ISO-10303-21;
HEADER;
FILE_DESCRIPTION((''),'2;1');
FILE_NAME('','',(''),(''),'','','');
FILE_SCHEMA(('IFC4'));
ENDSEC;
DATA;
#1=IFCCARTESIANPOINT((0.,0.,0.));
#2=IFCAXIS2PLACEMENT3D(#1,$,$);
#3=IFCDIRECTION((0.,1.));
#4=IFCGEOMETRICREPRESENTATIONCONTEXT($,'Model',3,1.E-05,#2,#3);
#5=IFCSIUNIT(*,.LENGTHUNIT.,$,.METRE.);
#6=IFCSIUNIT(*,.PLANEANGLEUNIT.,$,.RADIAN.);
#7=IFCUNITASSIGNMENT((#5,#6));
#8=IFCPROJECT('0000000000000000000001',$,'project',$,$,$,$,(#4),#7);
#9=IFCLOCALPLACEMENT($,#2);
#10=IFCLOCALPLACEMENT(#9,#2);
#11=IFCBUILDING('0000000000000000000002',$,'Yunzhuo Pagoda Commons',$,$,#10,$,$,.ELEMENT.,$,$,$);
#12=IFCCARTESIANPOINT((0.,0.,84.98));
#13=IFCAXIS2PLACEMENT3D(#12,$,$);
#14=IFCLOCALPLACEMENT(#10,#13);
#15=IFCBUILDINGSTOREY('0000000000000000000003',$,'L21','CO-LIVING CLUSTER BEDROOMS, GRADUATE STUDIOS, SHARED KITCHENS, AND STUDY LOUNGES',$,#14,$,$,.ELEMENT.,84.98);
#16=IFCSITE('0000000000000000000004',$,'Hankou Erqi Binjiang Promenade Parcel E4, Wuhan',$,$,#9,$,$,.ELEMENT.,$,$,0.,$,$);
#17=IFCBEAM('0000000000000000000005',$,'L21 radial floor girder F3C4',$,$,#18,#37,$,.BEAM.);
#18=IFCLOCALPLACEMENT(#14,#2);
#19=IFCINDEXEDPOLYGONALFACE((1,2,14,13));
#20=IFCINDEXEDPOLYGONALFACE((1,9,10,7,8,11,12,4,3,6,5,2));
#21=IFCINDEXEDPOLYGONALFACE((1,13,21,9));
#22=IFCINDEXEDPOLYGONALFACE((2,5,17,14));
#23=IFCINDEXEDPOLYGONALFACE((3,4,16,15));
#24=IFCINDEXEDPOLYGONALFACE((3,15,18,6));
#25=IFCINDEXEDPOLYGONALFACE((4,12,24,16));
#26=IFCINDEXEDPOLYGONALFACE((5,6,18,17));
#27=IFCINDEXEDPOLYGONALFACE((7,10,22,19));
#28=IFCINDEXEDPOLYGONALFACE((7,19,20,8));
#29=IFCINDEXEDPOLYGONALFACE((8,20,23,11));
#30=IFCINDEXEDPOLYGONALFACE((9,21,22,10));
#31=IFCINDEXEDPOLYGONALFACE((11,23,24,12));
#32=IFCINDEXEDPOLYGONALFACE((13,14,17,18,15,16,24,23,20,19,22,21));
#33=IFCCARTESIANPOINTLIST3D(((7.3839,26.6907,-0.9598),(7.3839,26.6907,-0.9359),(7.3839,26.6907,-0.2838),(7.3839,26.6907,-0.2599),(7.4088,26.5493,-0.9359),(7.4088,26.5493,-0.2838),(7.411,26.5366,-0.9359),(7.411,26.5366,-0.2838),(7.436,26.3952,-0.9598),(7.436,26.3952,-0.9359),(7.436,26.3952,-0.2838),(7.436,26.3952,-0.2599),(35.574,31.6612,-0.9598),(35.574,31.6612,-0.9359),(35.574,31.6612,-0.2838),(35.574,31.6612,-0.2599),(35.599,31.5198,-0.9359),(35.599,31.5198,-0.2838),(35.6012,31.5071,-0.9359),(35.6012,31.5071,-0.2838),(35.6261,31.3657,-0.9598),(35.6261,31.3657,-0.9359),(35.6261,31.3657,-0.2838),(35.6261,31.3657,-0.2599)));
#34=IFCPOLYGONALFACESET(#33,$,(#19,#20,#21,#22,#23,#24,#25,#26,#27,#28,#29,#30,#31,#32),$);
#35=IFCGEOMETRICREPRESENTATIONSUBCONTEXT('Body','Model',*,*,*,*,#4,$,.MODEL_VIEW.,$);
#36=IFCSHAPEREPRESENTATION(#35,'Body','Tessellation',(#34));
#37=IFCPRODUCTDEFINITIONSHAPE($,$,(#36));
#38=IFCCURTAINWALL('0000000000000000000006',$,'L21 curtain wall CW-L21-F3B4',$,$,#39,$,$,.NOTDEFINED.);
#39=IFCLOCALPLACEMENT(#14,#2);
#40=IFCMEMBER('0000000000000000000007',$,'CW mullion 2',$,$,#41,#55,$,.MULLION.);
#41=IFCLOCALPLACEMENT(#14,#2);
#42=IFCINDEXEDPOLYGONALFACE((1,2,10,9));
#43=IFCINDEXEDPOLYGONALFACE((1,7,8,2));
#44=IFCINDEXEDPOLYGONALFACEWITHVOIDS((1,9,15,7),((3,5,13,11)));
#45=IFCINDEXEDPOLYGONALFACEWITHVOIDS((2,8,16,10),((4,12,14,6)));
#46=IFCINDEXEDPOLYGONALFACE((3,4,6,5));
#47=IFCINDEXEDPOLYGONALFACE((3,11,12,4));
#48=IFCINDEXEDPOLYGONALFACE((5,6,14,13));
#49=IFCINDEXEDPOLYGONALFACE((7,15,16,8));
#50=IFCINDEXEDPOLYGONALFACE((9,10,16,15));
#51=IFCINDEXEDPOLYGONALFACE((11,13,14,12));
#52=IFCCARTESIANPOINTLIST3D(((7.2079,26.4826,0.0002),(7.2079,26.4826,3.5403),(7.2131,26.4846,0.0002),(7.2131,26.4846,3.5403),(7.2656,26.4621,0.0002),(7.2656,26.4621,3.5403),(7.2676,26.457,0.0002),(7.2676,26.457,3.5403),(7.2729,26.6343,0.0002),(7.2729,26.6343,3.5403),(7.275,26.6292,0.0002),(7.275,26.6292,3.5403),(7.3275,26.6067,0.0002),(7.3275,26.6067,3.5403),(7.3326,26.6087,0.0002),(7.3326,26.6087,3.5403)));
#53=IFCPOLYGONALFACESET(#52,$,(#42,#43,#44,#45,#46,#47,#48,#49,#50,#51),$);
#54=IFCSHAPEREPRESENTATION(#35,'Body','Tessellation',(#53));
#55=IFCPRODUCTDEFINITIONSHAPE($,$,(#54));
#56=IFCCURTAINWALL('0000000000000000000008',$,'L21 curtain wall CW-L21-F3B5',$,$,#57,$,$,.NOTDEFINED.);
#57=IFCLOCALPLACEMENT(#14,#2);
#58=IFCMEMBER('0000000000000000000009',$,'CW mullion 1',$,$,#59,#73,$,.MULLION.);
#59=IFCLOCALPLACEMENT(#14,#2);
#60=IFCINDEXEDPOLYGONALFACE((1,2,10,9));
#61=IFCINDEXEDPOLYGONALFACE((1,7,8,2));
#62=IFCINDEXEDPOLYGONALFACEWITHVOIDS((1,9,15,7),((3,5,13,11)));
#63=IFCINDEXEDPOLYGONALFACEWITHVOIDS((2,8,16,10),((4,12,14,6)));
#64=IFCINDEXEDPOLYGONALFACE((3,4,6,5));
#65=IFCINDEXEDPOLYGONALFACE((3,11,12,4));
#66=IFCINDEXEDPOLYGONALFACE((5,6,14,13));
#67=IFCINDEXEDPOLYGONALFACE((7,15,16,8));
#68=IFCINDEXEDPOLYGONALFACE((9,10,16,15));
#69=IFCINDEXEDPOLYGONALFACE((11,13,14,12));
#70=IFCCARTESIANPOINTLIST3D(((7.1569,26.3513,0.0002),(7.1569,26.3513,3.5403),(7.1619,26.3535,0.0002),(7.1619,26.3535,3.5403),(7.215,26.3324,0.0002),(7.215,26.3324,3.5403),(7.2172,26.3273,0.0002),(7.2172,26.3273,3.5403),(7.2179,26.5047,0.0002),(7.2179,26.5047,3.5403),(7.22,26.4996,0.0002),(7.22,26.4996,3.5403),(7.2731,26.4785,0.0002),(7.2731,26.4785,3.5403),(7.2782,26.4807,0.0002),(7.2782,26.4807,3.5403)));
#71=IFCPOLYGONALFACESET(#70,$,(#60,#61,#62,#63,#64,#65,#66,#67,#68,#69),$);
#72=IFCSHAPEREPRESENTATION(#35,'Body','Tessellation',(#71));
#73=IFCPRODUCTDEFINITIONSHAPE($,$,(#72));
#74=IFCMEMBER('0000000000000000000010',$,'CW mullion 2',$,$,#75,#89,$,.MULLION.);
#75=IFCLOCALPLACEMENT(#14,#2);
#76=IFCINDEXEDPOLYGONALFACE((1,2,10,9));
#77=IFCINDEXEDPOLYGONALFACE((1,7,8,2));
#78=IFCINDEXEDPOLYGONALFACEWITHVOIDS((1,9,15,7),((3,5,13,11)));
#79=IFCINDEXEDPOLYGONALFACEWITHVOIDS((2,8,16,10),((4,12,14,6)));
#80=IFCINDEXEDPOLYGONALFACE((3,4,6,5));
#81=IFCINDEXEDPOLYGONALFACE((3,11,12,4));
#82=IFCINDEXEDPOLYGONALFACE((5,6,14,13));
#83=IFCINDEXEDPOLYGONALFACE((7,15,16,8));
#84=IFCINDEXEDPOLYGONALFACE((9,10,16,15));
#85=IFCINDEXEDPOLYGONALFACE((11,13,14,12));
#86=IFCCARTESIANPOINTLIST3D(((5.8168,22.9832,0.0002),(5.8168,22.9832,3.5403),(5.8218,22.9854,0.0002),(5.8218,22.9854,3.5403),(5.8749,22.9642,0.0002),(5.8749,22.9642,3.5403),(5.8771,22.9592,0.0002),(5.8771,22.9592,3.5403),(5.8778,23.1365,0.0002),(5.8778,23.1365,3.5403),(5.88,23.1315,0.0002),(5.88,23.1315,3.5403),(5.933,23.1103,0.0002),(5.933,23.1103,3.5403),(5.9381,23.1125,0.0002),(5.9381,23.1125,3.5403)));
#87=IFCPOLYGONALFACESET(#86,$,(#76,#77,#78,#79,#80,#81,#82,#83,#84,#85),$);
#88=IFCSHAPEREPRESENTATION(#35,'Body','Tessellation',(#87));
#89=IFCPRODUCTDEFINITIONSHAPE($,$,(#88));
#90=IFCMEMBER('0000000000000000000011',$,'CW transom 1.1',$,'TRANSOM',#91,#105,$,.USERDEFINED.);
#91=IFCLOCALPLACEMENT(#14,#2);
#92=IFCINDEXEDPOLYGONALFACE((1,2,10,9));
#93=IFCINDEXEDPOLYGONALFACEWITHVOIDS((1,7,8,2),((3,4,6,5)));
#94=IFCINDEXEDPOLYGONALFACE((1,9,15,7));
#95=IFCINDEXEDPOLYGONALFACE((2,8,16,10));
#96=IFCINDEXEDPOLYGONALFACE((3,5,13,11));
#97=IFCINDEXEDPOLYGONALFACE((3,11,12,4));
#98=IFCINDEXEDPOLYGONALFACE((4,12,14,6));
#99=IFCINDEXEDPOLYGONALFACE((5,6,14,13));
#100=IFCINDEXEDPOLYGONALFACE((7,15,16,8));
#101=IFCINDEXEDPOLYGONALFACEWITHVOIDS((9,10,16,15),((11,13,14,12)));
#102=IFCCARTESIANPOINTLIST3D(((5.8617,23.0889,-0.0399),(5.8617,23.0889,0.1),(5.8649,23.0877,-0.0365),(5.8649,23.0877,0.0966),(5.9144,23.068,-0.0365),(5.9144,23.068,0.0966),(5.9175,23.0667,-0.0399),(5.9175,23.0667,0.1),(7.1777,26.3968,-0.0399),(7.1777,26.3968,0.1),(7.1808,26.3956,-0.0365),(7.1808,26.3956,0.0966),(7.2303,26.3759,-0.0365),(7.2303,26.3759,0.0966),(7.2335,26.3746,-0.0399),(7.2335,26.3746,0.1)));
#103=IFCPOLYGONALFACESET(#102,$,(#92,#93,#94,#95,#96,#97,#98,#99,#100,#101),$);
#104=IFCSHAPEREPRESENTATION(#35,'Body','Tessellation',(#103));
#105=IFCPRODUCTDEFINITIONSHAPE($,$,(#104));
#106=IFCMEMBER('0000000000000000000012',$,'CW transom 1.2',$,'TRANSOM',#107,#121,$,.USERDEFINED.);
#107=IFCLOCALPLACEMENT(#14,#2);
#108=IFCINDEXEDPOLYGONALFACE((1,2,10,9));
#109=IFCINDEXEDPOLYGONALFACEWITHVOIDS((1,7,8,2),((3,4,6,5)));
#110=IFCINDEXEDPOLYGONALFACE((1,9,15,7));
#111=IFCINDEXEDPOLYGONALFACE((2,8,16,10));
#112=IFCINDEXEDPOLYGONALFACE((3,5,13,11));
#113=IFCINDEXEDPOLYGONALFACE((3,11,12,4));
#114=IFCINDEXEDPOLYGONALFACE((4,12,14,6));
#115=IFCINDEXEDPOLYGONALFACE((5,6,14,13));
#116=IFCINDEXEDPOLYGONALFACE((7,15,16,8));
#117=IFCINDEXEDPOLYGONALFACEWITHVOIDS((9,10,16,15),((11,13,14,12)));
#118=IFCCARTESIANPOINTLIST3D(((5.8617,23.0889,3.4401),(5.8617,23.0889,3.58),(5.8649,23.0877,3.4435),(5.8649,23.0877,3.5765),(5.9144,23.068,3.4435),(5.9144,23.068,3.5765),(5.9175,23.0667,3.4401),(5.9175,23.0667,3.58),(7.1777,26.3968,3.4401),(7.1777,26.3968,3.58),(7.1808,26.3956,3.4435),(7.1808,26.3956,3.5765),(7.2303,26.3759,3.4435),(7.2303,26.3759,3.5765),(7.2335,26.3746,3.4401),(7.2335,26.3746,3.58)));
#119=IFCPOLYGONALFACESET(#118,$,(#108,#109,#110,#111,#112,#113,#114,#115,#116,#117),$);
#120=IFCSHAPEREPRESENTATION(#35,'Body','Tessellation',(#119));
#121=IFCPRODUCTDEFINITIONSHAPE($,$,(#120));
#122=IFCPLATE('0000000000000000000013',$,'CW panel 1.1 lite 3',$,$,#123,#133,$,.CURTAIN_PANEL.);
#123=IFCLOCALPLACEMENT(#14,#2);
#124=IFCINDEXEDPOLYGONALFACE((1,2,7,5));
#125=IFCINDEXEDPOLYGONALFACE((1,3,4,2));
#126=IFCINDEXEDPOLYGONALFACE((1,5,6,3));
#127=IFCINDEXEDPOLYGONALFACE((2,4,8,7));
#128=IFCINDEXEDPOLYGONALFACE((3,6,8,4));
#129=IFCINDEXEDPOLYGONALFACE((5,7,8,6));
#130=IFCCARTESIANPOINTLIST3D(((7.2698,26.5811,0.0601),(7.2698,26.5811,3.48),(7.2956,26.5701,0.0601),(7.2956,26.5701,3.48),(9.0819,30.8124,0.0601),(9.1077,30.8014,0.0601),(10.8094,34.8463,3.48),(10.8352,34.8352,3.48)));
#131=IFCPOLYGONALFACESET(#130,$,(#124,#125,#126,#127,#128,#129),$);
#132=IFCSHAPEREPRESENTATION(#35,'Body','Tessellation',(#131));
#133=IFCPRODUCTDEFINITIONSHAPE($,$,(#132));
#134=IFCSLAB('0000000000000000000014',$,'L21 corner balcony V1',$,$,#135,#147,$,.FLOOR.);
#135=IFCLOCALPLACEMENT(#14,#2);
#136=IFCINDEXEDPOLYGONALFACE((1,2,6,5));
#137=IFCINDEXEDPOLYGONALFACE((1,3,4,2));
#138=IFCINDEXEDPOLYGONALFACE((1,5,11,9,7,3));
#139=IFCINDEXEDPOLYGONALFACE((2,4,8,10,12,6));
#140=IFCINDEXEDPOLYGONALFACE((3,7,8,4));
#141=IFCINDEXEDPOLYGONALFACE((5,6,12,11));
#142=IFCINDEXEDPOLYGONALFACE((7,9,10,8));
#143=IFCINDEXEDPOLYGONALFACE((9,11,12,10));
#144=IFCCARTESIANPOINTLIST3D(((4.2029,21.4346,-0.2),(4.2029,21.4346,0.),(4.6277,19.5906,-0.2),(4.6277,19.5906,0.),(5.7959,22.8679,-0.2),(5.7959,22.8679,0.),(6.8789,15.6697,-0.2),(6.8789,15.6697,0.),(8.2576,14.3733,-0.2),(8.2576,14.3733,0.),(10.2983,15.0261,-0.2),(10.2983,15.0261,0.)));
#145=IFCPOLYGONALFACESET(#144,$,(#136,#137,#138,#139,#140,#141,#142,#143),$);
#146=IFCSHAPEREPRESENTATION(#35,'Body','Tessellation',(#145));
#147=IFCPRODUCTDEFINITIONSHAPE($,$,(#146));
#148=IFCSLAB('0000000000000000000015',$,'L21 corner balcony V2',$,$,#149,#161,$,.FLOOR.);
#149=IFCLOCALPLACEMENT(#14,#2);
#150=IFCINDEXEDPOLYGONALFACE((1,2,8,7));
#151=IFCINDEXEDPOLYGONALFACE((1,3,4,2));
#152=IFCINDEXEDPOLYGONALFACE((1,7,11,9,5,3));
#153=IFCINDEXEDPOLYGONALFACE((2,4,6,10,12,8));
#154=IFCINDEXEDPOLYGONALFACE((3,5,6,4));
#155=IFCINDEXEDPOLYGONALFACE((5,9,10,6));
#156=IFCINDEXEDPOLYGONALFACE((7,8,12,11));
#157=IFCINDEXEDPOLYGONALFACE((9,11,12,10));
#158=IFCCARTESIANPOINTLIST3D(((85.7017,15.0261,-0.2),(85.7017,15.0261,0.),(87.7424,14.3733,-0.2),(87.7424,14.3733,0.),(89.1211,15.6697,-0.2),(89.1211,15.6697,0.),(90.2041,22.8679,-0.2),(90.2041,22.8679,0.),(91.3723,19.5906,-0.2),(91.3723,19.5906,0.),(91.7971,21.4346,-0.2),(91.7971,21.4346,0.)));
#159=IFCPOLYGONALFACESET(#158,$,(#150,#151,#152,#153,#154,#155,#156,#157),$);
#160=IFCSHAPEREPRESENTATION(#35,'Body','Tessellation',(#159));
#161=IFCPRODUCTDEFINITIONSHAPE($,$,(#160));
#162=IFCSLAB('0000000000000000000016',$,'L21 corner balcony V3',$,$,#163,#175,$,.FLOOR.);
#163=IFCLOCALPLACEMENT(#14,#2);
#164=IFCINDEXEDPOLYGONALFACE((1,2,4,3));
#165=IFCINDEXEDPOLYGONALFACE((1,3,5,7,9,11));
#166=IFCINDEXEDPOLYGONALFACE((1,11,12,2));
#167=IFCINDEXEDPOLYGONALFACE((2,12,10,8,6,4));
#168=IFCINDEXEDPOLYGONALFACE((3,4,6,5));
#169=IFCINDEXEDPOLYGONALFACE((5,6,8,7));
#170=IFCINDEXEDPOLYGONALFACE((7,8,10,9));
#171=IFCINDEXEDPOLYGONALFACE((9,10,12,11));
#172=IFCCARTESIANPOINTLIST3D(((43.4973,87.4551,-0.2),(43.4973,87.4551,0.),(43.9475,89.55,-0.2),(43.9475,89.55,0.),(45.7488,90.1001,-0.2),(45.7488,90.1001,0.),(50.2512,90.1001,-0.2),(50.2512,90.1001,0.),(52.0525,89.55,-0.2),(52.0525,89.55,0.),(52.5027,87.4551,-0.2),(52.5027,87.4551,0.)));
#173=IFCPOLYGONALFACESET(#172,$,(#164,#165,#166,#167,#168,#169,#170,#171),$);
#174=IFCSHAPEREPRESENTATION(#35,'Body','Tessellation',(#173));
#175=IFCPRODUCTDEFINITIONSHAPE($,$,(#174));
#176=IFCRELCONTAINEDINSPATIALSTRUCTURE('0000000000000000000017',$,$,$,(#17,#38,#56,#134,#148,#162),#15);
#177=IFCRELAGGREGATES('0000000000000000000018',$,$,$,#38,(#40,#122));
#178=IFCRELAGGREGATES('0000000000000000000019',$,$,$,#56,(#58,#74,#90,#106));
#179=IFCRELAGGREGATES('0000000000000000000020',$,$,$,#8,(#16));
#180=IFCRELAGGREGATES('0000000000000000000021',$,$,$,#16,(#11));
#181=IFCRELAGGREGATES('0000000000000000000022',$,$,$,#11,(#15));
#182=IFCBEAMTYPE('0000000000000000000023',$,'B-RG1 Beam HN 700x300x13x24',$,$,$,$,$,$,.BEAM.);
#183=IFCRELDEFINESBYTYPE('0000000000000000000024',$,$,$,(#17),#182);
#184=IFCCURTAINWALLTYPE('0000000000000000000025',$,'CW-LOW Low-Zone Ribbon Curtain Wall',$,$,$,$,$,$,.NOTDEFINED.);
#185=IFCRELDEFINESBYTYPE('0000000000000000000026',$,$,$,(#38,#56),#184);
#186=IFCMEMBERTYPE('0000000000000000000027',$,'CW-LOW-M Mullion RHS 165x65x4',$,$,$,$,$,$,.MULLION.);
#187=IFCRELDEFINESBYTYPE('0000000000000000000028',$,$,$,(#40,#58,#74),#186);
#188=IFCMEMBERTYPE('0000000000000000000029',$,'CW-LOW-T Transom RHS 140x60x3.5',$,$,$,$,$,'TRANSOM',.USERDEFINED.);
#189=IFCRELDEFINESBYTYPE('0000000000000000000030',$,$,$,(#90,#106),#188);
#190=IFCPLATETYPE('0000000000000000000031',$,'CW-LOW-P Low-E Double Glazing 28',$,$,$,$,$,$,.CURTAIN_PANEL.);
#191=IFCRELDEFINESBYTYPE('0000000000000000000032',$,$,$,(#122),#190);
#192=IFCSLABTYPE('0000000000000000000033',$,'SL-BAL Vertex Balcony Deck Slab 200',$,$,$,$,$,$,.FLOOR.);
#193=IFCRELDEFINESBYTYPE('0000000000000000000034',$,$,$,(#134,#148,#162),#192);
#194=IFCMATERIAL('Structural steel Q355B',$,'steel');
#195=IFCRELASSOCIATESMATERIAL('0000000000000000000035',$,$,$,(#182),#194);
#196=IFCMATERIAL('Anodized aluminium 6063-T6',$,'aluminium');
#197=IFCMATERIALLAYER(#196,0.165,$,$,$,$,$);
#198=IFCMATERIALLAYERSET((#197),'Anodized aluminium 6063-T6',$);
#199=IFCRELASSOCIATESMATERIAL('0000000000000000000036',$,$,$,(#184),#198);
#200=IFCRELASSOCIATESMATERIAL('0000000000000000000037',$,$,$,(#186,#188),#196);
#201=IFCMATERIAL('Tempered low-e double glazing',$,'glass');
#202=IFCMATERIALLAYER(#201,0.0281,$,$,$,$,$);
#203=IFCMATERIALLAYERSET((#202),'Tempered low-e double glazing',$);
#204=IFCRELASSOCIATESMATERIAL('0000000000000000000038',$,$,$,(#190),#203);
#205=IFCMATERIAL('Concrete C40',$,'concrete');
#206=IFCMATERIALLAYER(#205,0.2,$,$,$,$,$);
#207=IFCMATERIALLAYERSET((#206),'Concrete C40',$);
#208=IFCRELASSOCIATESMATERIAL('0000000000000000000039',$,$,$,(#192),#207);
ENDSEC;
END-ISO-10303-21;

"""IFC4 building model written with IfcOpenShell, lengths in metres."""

from ifc_helpers import new_model, si_unit, direction, frame, origin, origin_2d, place, context, subcontext, project, spatial, polyline, hollow_rectangle, i_section, outline, extrude, source, transform, mapped, material, layer, layer_set, material_profile, profile_set, type_object, element, aggregate, save


model = new_model("IFC4")

# Units and contexts
model_context = context("Model", 3, precision=1e-05, world=origin(), true_north=direction((0.0, 1.0)))
body_context = subcontext(model_context, "Body", "Model", "MODEL_VIEW")
ifc_project = project(units=[si_unit("LENGTHUNIT", "METRE"), si_unit("PLANEANGLEUNIT", "RADIAN")], contexts=[model_context])

# Site, building, storey
site_placement = place(None, origin())
site = spatial("IfcSite", under=ifc_project, at=site_placement, Name="Hankou Erqi Binjiang Promenade Parcel E4, Wuhan", CompositionType="ELEMENT", RefElevation=0.0)
building_placement = place(site_placement, origin())
building = spatial("IfcBuilding", under=site, at=building_placement, Name="Yunzhuo Pagoda Commons", CompositionType="ELEMENT")
storey_placement = place(building_placement, frame((0.0, 0.0, 84.98)))
storey = spatial("IfcBuildingStorey", under=building, at=storey_placement, Name="L21", Description="CO-LIVING CLUSTER BEDROOMS, GRADUATE STUDIOS, SHARED KITCHENS, AND STUDY LOUNGES", CompositionType="ELEMENT", Elevation=84.98)

# Beam
ifc_material_1 = material(Name="Structural steel Q355B", Category="steel")
ifc_material_profile_1 = material_profile(ifc_material_1, i_section(OverallWidth=0.3, OverallDepth=0.7, WebThickness=0.0129, FlangeThickness=0.0239, at=origin_2d()), Name="Structural steel Q355B")
ifc_profile_set_1 = profile_set([ifc_material_profile_1], Name="Structural steel Q355B")
beam_type = type_object("IfcBeamType", Name="B-RG1 Beam HN 700x300x13x24", PredefinedType="BEAM", material=ifc_profile_set_1)
shared_shape_1 = source(origin(), body_context, "Body", "SweptSolid", [
    extrude(i_section(OverallWidth=0.3, OverallDepth=0.7, WebThickness=0.0129, FlangeThickness=0.0239, at=origin_2d()), origin(), (0.0, 0.0, 1.0), 28.625),
])
beam_placement = place(storey_placement, frame((7.4099, 26.543, -0.6099), z_axis=(0.984809, 0.17364, 0.0), x_axis=(-0.17364, 0.984809, 0.0)))
element("IfcBeam", 1, at=beam_placement, inside=storey, type_object=beam_type, Name="L21 radial floor girder F3C4", PredefinedType="BEAM", context=body_context, shape_type="MappedRepresentation", body=[
    mapped(shared_shape_1, transform((0.0, 0.0, 0.0), scale=1.0)),
])

# Curtain wall, member
ifc_material_2 = material(Name="Anodized aluminium 6063-T6", Category="aluminium")
ifc_layer_1 = layer(ifc_material_2, 0.165)
ifc_layer_set_1 = layer_set([ifc_layer_1], Name="Anodized aluminium 6063-T6")
curtain_wall_type = type_object("IfcCurtainWallType", Name="CW-LOW Low-Zone Ribbon Curtain Wall", PredefinedType="NOTDEFINED", material=ifc_layer_set_1)
curtain_wall_1_placement = place(storey_placement, origin())
curtain_wall_1 = element("IfcCurtainWall", 2, at=curtain_wall_1_placement, inside=storey, type_object=curtain_wall_type, Name="L21 curtain wall CW-L21-F3B4", PredefinedType="NOTDEFINED")
ifc_material_profile_2 = material_profile(ifc_material_2, hollow_rectangle(XDim=0.0649, YDim=0.165, WallThickness=0.0039, at=origin_2d()), Name="Anodized aluminium 6063-T6")
ifc_profile_set_2 = profile_set([ifc_material_profile_2], Name="Anodized aluminium 6063-T6")
member_type_1 = type_object("IfcMemberType", Name="CW-LOW-M Mullion RHS 165x65x4", PredefinedType="MULLION", material=ifc_profile_set_2)
shared_shape_2 = source(origin(), body_context, "Body", "SweptSolid", [
    extrude(hollow_rectangle(XDim=0.0649, YDim=0.165, WallThickness=0.0039, at=origin_2d()), origin(), (0.0, 0.0, 1.0), 3.54),
])
member_1_placement = place(storey_placement, frame((7.2703, 26.5457, 0.0002), z_axis=(0.0, 0.0, 1.0), x_axis=(0.91925, -0.393674, 0.0)))
member_1 = element("IfcMember", 3, at=member_1_placement, type_object=member_type_1, Name="CW mullion 2", PredefinedType="MULLION", context=body_context, shape_type="MappedRepresentation", body=[
    mapped(shared_shape_2, transform((0.0, 0.0, 0.0), scale=1.0)),
])

# Curtain wall, members
curtain_wall_2_placement = place(storey_placement, origin())
curtain_wall_2 = element("IfcCurtainWall", 4, at=curtain_wall_2_placement, inside=storey, type_object=curtain_wall_type, Name="L21 curtain wall CW-L21-F3B5", PredefinedType="NOTDEFINED")
member_2_placement = place(storey_placement, frame((7.2175, 26.416, 0.0002), z_axis=(0.0, 0.0, 1.0), x_axis=(0.92917, -0.369652, 0.0)))
member_2 = element("IfcMember", 5, at=member_2_placement, type_object=member_type_1, Name="CW mullion 1", PredefinedType="MULLION", context=body_context, shape_type="MappedRepresentation", body=[
    mapped(shared_shape_2, transform((0.0, 0.0, 0.0), scale=1.0)),
])
member_3_placement = place(storey_placement, frame((5.8774, 23.0479, 0.0002), z_axis=(0.0, 0.0, 1.0), x_axis=(0.92917, -0.369652, 0.0)))
member_3 = element("IfcMember", 6, at=member_3_placement, type_object=member_type_1, Name="CW mullion 2", PredefinedType="MULLION", context=body_context, shape_type="MappedRepresentation", body=[
    mapped(shared_shape_2, transform((0.0, 0.0, 0.0), scale=1.0)),
])
ifc_material_profile_3 = material_profile(ifc_material_2, hollow_rectangle(XDim=0.0601, YDim=0.1399, WallThickness=0.0034, at=origin_2d()), Name="Anodized aluminium 6063-T6")
ifc_profile_set_3 = profile_set([ifc_material_profile_3], Name="Anodized aluminium 6063-T6")
member_type_2 = type_object("IfcMemberType", Name="CW-LOW-T Transom RHS 140x60x3.5", ElementType="TRANSOM", PredefinedType="USERDEFINED", material=ifc_profile_set_3)
shared_shape_3 = source(origin(), body_context, "Body", "SweptSolid", [
    extrude(hollow_rectangle(XDim=0.0601, YDim=0.1399, WallThickness=0.0034, at=origin_2d()), origin(), (0.0, 0.0, 1.0), 3.5601),
])
member_4_placement = place(storey_placement, frame((7.2056, 26.3857, 0.03), z_axis=(-0.36964, -0.929175, 0.0), x_axis=(0.929175, -0.36964, 0.0)))
member_4 = element("IfcMember", 7, at=member_4_placement, type_object=member_type_2, Name="CW transom 1.1", ObjectType="TRANSOM", PredefinedType="USERDEFINED", context=body_context, shape_type="MappedRepresentation", body=[
    mapped(shared_shape_3, transform((0.0, 0.0, 0.0), scale=1.0)),
])
member_5_placement = place(storey_placement, frame((7.2056, 26.3857, 3.51), z_axis=(-0.36964, -0.929175, 0.0), x_axis=(0.929175, -0.36964, 0.0)))
member_5 = element("IfcMember", 8, at=member_5_placement, type_object=member_type_2, Name="CW transom 1.2", ObjectType="TRANSOM", PredefinedType="USERDEFINED", context=body_context, shape_type="MappedRepresentation", body=[
    mapped(shared_shape_3, transform((0.0, 0.0, 0.0), scale=1.0)),
])

# Plate
ifc_material_3 = material(Name="Tempered low-e double glazing", Category="glass")
ifc_layer_2 = layer(ifc_material_3, 0.0281)
ifc_layer_set_2 = layer_set([ifc_layer_2], Name="Tempered low-e double glazing")
plate_type = type_object("IfcPlateType", Name="CW-LOW-P Low-E Double Glazing 28", PredefinedType="CURTAIN_PANEL", material=ifc_layer_set_2)
plate_1_placement = place(storey_placement, frame((9.0654, 30.7026, 1.77), z_axis=(-0.91925, 0.393674, 0.0), x_axis=(-0.393674, -0.91925, 0.0)))
plate_1 = element("IfcPlate", 9, at=plate_1_placement, type_object=plate_type, Name="CW panel 1.1 lite 3", PredefinedType="CURTAIN_PANEL", context=body_context, shape_type="SweptSolid", body=[
    extrude(outline(polyline([(-4.4956, 1.71), (-0.1074, -1.71), (4.4956, -1.71), (4.4956, 1.71), (-4.4956, 1.71)])), origin(), (0.0, 0.0, 1.0), 0.0281),
])
aggregate(curtain_wall_1, [member_1, plate_1])

# Slabs
ifc_material_4 = material(Name="Concrete C40", Category="concrete")
ifc_layer_3 = layer(ifc_material_4, 0.2)
ifc_layer_set_3 = layer_set([ifc_layer_3], Name="Concrete C40")
slab_type_1 = type_object("IfcSlabType", Name="SL-BAL Vertex Balcony Deck Slab 200", PredefinedType="FLOOR", material=ifc_layer_set_3)
slab_1_placement = place(storey_placement, frame((0.0, 0.0, -0.2)))
element("IfcSlab", 10, at=slab_1_placement, inside=storey, type_object=slab_type_1, Name="L21 corner balcony V1", PredefinedType="FLOOR", context=body_context, shape_type="SweptSolid", body=[
    extrude(outline(polyline([(5.7959, 22.8679), (10.2983, 15.0261), (8.2576, 14.3733), (6.8789, 15.6697), (4.6277, 19.5906), (4.2029, 21.4346), (5.7959, 22.8679)])), origin(), (0.0, 0.0, 1.0), 0.2),
])
slab_2_placement = place(storey_placement, frame((0.0, 0.0, -0.2)))
element("IfcSlab", 11, at=slab_2_placement, inside=storey, type_object=slab_type_1, Name="L21 corner balcony V2", PredefinedType="FLOOR", context=body_context, shape_type="SweptSolid", body=[
    extrude(outline(polyline([(85.7017, 15.0261), (90.2041, 22.8679), (91.7971, 21.4346), (91.3723, 19.5906), (89.1211, 15.6697), (87.7424, 14.3733), (85.7017, 15.0261)])), origin(), (0.0, 0.0, 1.0), 0.2),
])
slab_3_placement = place(storey_placement, frame((0.0, 0.0, -0.2)))
element("IfcSlab", 12, at=slab_3_placement, inside=storey, type_object=slab_type_1, Name="L21 corner balcony V3", PredefinedType="FLOOR", context=body_context, shape_type="SweptSolid", body=[
    extrude(outline(polyline([(52.5027, 87.4551), (43.4973, 87.4551), (43.9475, 89.55), (45.7488, 90.1001), (50.2512, 90.1001), (52.0525, 89.55), (52.5027, 87.4551)])), origin(), (0.0, 0.0, 1.0), 0.2),
])

aggregate(curtain_wall_2, [member_2, member_3, member_4, member_5])

save(model, "model.ifc")
